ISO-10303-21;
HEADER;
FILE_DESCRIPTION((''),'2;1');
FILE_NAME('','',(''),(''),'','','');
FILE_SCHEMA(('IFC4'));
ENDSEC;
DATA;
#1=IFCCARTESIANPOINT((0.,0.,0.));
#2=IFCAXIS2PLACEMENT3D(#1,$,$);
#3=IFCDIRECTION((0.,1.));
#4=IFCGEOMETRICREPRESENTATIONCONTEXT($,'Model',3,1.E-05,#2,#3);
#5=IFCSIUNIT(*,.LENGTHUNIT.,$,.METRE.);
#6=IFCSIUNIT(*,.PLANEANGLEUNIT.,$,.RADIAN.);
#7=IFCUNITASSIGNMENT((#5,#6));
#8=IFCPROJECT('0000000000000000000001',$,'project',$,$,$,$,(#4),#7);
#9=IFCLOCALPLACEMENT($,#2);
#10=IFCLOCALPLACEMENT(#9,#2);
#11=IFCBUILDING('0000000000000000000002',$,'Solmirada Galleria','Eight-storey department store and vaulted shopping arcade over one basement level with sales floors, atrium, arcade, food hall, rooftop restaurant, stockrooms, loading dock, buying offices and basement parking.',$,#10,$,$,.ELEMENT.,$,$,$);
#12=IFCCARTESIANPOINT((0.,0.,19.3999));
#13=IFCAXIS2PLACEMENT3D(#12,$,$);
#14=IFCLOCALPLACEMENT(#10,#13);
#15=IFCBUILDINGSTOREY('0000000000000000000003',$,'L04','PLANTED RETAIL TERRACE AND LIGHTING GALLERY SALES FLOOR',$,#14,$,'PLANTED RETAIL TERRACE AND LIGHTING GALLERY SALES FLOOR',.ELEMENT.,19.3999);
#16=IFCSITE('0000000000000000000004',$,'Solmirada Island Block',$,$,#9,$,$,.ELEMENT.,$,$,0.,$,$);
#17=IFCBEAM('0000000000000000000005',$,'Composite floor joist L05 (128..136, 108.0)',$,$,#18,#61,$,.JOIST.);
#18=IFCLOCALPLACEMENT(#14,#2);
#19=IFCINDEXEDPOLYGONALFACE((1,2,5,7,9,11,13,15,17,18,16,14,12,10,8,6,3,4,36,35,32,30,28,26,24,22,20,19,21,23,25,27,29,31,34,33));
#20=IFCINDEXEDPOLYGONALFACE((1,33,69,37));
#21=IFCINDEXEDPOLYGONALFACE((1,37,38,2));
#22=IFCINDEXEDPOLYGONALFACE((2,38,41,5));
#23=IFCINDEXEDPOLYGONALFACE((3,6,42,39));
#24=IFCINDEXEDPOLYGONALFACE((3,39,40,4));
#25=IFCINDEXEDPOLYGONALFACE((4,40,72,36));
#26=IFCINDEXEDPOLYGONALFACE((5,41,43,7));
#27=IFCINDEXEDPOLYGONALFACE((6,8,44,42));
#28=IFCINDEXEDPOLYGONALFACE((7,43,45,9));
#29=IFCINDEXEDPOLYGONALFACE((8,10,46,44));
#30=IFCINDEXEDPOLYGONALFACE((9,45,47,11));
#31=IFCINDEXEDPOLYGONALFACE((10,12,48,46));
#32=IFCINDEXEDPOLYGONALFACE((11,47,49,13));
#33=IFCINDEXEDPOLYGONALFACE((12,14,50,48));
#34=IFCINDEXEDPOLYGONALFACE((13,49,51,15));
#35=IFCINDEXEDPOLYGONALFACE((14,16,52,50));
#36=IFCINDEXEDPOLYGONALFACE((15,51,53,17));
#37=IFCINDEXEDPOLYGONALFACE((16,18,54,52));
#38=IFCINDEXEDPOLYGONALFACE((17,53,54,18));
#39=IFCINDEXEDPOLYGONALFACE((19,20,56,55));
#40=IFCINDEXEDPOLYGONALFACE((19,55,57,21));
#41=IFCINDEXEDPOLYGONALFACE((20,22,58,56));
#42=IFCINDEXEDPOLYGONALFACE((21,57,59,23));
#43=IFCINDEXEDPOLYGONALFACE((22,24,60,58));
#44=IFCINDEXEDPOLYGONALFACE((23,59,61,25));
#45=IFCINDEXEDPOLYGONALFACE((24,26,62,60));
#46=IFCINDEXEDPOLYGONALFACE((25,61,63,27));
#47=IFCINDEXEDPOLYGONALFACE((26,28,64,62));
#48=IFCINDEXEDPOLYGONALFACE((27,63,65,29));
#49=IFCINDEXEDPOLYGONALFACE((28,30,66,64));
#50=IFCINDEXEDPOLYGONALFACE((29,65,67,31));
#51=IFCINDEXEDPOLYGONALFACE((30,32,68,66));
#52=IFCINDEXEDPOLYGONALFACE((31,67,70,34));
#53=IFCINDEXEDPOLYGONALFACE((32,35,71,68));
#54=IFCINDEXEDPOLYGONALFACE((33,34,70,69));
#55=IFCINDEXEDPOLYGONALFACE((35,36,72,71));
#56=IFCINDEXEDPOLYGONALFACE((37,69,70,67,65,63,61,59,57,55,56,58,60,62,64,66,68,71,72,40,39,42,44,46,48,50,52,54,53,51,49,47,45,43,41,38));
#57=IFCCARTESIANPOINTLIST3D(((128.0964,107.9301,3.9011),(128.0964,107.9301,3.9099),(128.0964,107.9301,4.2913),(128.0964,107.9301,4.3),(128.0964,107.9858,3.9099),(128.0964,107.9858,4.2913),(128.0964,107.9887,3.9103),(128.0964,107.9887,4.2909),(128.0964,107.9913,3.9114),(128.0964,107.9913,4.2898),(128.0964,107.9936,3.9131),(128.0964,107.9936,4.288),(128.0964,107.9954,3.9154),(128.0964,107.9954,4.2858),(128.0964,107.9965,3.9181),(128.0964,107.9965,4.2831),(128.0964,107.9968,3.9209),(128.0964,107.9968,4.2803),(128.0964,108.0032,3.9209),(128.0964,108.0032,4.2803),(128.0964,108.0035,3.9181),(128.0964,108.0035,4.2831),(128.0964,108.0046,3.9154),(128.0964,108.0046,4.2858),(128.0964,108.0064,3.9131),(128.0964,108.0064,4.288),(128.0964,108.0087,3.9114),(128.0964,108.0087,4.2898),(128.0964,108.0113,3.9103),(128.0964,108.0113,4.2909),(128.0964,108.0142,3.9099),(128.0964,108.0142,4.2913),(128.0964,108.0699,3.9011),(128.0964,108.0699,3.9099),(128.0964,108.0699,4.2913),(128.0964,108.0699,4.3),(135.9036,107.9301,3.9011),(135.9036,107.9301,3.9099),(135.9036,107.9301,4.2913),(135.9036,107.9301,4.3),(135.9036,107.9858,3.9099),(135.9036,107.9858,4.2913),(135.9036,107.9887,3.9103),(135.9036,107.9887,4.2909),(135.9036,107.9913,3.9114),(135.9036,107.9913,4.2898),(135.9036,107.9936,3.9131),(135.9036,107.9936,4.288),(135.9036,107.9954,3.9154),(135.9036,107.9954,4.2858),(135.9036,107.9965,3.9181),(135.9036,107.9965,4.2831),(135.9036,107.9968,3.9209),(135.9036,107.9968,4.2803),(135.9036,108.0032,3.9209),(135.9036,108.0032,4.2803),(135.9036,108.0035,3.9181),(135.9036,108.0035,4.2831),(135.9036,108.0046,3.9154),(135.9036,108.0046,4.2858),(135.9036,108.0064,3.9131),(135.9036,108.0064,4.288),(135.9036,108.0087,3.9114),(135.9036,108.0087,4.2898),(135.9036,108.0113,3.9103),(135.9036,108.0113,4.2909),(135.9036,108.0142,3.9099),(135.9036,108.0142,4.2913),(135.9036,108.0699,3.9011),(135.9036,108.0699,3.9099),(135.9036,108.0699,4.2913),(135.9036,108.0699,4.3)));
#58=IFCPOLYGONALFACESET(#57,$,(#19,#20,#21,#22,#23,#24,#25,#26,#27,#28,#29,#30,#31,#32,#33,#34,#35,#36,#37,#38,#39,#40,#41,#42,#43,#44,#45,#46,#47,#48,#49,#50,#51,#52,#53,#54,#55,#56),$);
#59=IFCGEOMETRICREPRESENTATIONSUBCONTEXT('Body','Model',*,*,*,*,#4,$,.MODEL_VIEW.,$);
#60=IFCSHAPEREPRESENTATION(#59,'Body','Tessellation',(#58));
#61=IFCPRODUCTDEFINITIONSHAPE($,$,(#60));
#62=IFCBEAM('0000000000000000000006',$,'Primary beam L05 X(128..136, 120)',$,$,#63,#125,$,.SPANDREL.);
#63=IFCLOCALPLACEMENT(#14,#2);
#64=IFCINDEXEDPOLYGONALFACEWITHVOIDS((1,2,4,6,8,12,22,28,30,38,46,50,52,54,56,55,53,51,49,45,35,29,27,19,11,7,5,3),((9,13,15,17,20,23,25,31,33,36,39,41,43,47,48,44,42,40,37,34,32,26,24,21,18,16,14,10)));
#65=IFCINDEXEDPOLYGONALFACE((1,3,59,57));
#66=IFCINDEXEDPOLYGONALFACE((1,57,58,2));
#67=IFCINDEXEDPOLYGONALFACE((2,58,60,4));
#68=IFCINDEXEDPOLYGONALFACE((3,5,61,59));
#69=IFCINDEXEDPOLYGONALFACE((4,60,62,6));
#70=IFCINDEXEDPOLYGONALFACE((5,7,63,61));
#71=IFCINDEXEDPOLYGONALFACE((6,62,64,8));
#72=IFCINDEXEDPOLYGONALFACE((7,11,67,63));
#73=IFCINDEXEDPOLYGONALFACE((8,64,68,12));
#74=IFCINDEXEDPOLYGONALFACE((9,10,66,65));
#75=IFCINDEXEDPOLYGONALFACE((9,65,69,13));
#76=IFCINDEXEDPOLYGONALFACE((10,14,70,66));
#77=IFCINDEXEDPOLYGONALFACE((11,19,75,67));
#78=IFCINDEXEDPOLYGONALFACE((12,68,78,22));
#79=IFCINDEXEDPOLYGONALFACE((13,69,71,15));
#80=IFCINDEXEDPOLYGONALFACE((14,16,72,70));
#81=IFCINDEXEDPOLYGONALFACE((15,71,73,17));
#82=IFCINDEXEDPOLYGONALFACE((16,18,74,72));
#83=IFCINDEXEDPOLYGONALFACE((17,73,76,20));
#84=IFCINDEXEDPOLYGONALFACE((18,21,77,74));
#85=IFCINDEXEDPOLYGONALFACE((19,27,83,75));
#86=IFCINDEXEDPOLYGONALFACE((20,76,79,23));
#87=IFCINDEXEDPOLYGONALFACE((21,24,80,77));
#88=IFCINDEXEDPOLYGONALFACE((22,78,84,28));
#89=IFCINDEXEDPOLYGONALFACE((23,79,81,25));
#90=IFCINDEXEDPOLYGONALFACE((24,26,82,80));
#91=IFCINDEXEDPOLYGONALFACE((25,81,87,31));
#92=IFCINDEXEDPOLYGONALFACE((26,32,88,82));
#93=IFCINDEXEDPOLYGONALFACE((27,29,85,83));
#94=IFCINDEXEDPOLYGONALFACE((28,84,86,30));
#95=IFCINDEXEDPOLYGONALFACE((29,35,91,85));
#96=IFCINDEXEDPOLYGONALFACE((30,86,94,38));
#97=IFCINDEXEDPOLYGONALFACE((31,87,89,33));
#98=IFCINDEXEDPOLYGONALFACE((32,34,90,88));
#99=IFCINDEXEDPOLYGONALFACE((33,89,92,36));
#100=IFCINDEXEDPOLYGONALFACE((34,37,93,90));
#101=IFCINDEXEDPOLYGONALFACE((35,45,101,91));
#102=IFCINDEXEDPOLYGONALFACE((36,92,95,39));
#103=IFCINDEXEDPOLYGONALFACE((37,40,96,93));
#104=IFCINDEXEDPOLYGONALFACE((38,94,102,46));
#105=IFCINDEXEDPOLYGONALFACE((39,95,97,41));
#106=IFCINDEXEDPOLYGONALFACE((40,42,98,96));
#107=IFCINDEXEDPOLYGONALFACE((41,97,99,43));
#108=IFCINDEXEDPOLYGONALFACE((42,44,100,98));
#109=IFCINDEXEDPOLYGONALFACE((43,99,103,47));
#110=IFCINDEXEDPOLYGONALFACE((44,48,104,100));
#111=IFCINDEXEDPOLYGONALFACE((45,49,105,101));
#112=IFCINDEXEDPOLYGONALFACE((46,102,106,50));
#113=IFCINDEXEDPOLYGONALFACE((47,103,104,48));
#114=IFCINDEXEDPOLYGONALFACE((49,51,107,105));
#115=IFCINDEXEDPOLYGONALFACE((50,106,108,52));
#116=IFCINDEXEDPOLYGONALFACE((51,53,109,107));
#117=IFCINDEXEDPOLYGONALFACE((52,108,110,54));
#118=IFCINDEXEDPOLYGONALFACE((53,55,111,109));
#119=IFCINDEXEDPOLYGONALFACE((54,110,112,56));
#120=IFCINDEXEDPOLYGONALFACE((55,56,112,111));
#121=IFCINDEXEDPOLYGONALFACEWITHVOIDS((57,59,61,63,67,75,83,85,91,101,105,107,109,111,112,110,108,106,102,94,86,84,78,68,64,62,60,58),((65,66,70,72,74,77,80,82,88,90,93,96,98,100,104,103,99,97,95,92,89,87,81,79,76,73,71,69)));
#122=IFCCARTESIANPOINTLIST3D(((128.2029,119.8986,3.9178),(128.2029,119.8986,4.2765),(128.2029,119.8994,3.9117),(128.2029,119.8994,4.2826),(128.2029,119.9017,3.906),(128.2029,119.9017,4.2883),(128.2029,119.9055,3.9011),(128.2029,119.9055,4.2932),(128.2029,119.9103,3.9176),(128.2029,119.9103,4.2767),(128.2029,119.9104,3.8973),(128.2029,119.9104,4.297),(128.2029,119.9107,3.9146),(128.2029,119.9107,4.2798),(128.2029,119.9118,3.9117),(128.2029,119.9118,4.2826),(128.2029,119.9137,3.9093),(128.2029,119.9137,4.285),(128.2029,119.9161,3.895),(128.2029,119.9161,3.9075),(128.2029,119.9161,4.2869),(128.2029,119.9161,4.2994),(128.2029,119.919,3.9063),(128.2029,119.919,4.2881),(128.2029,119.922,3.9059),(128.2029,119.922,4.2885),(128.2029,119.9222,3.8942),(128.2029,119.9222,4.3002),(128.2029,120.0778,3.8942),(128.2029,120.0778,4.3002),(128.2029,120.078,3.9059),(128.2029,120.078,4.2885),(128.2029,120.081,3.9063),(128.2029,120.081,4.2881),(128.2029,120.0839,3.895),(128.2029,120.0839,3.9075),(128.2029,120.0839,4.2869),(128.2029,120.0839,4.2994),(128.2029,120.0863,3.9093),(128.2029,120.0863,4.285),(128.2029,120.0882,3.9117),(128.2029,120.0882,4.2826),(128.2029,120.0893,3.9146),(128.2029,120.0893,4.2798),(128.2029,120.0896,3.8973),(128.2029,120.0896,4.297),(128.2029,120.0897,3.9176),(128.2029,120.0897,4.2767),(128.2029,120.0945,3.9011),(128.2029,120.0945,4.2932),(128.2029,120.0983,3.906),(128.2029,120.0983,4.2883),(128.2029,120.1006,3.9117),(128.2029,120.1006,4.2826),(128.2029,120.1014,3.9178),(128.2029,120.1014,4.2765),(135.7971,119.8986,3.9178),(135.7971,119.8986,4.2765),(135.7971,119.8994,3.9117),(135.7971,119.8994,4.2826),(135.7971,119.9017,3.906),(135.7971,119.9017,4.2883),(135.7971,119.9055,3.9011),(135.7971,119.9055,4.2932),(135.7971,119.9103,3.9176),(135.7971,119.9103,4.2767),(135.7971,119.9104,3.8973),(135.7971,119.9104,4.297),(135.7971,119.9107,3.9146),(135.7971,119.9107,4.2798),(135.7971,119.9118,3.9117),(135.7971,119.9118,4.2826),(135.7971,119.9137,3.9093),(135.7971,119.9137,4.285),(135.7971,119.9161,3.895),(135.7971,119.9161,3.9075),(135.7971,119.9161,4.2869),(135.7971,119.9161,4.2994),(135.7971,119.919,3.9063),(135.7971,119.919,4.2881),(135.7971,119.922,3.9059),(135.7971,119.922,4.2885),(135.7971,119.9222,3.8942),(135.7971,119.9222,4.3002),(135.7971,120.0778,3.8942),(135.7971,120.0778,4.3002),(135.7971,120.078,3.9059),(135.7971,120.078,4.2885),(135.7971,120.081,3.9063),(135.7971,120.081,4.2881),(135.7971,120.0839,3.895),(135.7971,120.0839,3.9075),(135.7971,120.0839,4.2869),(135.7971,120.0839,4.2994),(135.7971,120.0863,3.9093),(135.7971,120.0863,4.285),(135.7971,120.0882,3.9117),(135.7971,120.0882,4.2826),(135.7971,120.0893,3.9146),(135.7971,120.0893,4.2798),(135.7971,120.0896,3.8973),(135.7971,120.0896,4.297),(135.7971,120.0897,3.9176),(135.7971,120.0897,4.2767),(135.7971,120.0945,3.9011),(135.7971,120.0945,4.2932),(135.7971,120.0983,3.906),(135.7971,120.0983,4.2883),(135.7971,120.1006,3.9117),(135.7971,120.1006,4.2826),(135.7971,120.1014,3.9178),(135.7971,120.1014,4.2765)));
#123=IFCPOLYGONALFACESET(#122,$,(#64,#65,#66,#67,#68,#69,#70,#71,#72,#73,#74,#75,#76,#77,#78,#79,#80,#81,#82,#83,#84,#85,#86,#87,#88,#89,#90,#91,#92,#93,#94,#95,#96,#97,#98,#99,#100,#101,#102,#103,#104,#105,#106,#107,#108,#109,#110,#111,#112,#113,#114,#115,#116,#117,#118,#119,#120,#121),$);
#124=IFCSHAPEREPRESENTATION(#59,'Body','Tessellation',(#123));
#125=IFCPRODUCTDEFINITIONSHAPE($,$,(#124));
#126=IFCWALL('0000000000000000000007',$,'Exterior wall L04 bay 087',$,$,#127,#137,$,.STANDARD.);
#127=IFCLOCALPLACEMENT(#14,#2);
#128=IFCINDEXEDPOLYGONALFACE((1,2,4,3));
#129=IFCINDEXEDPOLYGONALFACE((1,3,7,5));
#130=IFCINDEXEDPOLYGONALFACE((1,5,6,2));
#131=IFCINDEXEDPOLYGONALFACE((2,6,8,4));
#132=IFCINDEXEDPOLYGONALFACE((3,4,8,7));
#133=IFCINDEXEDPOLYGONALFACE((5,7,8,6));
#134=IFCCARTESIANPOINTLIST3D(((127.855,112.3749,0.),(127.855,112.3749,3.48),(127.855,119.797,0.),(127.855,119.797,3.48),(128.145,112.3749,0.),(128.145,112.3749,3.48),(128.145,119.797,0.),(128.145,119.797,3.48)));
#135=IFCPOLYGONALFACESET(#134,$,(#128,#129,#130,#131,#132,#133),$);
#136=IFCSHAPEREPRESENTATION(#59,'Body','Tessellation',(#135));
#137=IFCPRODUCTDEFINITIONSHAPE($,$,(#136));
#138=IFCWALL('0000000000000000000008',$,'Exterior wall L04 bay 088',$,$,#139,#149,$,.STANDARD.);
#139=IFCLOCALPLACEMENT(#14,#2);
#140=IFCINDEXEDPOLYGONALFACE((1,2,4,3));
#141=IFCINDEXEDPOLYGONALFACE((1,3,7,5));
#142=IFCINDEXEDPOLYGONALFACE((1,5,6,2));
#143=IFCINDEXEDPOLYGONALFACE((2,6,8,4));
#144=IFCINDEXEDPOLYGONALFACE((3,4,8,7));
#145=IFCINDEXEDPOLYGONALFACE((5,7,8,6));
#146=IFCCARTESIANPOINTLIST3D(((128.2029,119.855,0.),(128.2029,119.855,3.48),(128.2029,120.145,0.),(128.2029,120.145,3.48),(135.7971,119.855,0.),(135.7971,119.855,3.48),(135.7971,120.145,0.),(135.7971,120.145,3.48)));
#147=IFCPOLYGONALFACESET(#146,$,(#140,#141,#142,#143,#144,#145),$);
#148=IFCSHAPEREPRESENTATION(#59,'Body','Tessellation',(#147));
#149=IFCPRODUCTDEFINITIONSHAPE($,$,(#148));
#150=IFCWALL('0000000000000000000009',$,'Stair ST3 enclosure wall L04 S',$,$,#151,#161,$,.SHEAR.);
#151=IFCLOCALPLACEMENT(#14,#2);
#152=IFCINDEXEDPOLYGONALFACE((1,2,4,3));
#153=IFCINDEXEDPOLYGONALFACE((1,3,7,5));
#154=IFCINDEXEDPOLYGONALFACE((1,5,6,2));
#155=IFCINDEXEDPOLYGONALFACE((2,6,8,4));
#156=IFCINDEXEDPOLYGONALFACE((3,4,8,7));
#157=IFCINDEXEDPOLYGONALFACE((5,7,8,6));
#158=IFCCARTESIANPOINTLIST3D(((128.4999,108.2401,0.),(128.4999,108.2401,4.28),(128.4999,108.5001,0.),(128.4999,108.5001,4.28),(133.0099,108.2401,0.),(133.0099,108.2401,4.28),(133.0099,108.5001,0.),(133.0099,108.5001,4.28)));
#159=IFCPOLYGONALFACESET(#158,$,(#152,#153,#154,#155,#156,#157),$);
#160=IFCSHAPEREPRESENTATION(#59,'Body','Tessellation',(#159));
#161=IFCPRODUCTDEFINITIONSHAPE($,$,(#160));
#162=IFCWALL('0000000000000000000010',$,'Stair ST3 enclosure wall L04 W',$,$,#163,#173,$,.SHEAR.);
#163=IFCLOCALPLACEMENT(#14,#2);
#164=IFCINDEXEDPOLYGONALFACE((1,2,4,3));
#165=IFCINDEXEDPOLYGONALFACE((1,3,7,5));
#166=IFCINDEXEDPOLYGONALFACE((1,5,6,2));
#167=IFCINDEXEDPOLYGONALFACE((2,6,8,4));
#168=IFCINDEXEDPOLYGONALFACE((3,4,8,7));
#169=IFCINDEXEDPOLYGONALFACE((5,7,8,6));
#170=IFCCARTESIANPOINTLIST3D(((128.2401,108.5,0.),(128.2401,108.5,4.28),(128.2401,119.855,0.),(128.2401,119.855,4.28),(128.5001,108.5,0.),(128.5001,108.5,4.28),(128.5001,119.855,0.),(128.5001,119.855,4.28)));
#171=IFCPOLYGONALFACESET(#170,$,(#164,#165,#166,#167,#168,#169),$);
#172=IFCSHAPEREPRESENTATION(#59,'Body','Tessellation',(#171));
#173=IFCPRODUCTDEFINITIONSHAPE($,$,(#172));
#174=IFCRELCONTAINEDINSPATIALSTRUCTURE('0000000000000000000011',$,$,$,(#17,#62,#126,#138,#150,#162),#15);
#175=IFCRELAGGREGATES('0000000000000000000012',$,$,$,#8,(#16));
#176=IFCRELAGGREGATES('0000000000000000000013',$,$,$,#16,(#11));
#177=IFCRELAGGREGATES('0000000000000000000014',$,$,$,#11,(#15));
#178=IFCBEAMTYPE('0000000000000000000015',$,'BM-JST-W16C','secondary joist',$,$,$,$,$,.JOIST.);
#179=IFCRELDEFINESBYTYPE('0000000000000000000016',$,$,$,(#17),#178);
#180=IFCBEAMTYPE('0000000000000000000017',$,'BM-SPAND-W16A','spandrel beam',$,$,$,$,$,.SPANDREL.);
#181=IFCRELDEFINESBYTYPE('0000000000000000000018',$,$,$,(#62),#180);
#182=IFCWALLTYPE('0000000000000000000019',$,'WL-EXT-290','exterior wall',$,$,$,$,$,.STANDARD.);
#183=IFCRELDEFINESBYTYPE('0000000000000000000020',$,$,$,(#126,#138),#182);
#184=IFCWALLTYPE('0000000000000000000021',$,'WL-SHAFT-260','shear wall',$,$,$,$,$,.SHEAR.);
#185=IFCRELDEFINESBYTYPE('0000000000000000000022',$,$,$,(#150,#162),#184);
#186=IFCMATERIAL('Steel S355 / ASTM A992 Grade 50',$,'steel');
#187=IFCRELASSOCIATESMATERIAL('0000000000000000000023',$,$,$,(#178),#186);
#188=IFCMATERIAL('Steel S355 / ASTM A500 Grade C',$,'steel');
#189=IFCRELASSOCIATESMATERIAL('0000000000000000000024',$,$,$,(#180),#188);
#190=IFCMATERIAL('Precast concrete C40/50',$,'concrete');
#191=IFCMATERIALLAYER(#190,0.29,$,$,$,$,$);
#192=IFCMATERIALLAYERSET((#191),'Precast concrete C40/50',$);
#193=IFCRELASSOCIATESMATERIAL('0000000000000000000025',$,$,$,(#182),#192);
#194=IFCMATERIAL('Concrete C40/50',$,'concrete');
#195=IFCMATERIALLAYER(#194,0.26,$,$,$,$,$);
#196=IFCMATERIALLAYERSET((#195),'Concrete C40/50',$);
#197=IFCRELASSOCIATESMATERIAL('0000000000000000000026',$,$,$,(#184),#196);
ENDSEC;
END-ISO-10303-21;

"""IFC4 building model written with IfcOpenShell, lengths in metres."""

from ifc_helpers import new_model, si_unit, direction, frame, frame_2d, origin, origin_2d, place, context, subcontext, project, spatial, rectangle, hollow_rectangle, i_section, extrude, material, layer, layer_set, material_profile, profile_set, type_object, element, save


model = new_model("IFC4")

# Units and contexts
model_context = context("Model", 3, precision=1e-05, world=origin(), true_north=direction((0.0, 1.0)))
body_context = subcontext(model_context, "Body", "Model", "MODEL_VIEW")
ifc_project = project(units=[si_unit("LENGTHUNIT", "METRE"), si_unit("PLANEANGLEUNIT", "RADIAN")], contexts=[model_context])

# Site, building, storey
site_placement = place(None, origin())
site = spatial("IfcSite", under=ifc_project, at=site_placement, Name="Solmirada Island Block", CompositionType="ELEMENT", RefElevation=0.0)
building_placement = place(site_placement, origin())
building = spatial("IfcBuilding", under=site, at=building_placement, Name="Solmirada Galleria", Description="Eight-storey department store and vaulted shopping arcade over one basement level with sales floors, atrium, arcade, food hall, rooftop restaurant, stockrooms, loading dock, buying offices and basement parking.", CompositionType="ELEMENT")
storey_placement = place(building_placement, frame((0.0, 0.0, 19.3999)))
storey = spatial("IfcBuildingStorey", under=building, at=storey_placement, Name="L04", Description="PLANTED RETAIL TERRACE AND LIGHTING GALLERY SALES FLOOR", LongName="PLANTED RETAIL TERRACE AND LIGHTING GALLERY SALES FLOOR", CompositionType="ELEMENT", Elevation=19.3999)

# Shared definitions
ifc_material_1 = material(Name="Steel S355 / ASTM A500 Grade C", Category="steel")
ifc_material_2 = material(Name="Concrete C40/50", Category="concrete")

# Beams
ifc_material_3 = material(Name="Steel S355 / ASTM A992 Grade 50", Category="steel")
ifc_material_profile_1 = material_profile(ifc_material_3, i_section(OverallWidth=0.1399, OverallDepth=0.3989, WebThickness=0.0063, FlangeThickness=0.0088, FilletRadius=0.011, at=origin_2d()), Name="W16X26")
ifc_profile_set_1 = profile_set([ifc_material_profile_1], Name="Steel S355 / ASTM A992 Grade 50")
beam_type_1 = type_object("IfcBeamType", Name="BM-JST-W16C", Description="secondary joist", PredefinedType="JOIST", material=ifc_profile_set_1)
beam_1_placement = place(storey_placement, frame((128.0964, 108.0, 4.1006), z_axis=(1.0, 0.0, 0.0), x_axis=(0.0, 1.0, 0.0)))
element("IfcBeam", 1, at=beam_1_placement, inside=storey, type_object=beam_type_1, Name="Composite floor joist L05 (128..136, 108.0)", PredefinedType="JOIST", context=body_context, shape_type="SweptSolid", body=[
    extrude(i_section(OverallWidth=0.1399, OverallDepth=0.3989, WebThickness=0.0063, FlangeThickness=0.0088, FilletRadius=0.011, at=origin_2d()), origin(), (0.0, 0.0, 1.0), 7.8071),
])
ifc_material_profile_2 = material_profile(ifc_material_1, hollow_rectangle(XDim=0.2029, YDim=0.406, WallThickness=0.0117, InnerFilletRadius=0.0117, OuterFilletRadius=0.0237, at=origin_2d()), Name="HSS16X8X1/2")
ifc_profile_set_2 = profile_set([ifc_material_profile_2], Name="Steel S355 / ASTM A500 Grade C")
beam_type_2 = type_object("IfcBeamType", Name="BM-SPAND-W16A", Description="spandrel beam", PredefinedType="SPANDREL", material=ifc_profile_set_2)
beam_2_placement = place(storey_placement, frame((128.2029, 120.0, 4.0972), z_axis=(1.0, 0.0, 0.0), x_axis=(0.0, 1.0, 0.0)))
element("IfcBeam", 2, at=beam_2_placement, inside=storey, type_object=beam_type_2, Name="Primary beam L05 X(128..136, 120)", PredefinedType="SPANDREL", context=body_context, shape_type="SweptSolid", body=[
    extrude(hollow_rectangle(XDim=0.2029, YDim=0.406, WallThickness=0.0117, InnerFilletRadius=0.0117, OuterFilletRadius=0.0237, at=origin_2d()), origin(), (0.0, 0.0, 1.0), 7.5942),
])

# Walls
ifc_material_4 = material(Name="Precast concrete C40/50", Category="concrete")
ifc_layer_1 = layer(ifc_material_4, 0.29)
ifc_layer_set_1 = layer_set([ifc_layer_1], Name="Precast concrete C40/50")
wall_type_1 = type_object("IfcWallType", Name="WL-EXT-290", Description="exterior wall", PredefinedType="STANDARD", material=ifc_layer_set_1)
wall_1_placement = place(storey_placement, frame((128.0, 112.375, 0.0), z_axis=(0.0, 0.0, 1.0), x_axis=(0.0, 1.0, 0.0)))
element("IfcWall", 3, at=wall_1_placement, inside=storey, type_object=wall_type_1, Name="Exterior wall L04 bay 087", PredefinedType="STANDARD", context=body_context, shape_type="SweptSolid", body=[
    extrude(rectangle(XDim=7.4221, YDim=0.29, at=frame_2d((3.7109, 0.0))), origin(), (0.0, 0.0, 1.0), 3.48),
])
wall_2_placement = place(storey_placement, frame((128.2029, 120.0, 0.0), z_axis=(0.0, 0.0, 1.0), x_axis=(1.0, 0.0, 0.0)))
element("IfcWall", 4, at=wall_2_placement, inside=storey, type_object=wall_type_1, Name="Exterior wall L04 bay 088", PredefinedType="STANDARD", context=body_context, shape_type="SweptSolid", body=[
    extrude(rectangle(XDim=7.5942, YDim=0.29, at=frame_2d((3.7971, 0.0))), origin(), (0.0, 0.0, 1.0), 3.48),
])
ifc_layer_2 = layer(ifc_material_2, 0.26)
ifc_layer_set_2 = layer_set([ifc_layer_2], Name="Concrete C40/50")
wall_type_2 = type_object("IfcWallType", Name="WL-SHAFT-260", Description="shear wall", PredefinedType="SHEAR", material=ifc_layer_set_2)
wall_3_placement = place(storey_placement, frame((128.5, 108.3701, 0.0), z_axis=(0.0, 0.0, 1.0), x_axis=(1.0, 0.0, 0.0)))
element("IfcWall", 5, at=wall_3_placement, inside=storey, type_object=wall_type_2, Name="Stair ST3 enclosure wall L04 S", PredefinedType="SHEAR", context=body_context, shape_type="SweptSolid", body=[
    extrude(rectangle(XDim=4.51, YDim=0.26, at=frame_2d((2.2549, 0.0))), origin(), (0.0, 0.0, 1.0), 4.28),
])
wall_4_placement = place(storey_placement, frame((128.3701, 108.5, 0.0), z_axis=(0.0, 0.0, 1.0), x_axis=(0.0, 1.0, 0.0)))
element("IfcWall", 6, at=wall_4_placement, inside=storey, type_object=wall_type_2, Name="Stair ST3 enclosure wall L04 W", PredefinedType="SHEAR", context=body_context, shape_type="SweptSolid", body=[
    extrude(rectangle(XDim=11.355, YDim=0.26, at=frame_2d((5.6775, 0.0))), origin(), (0.0, 0.0, 1.0), 4.28),
])

save(model, "model.ifc")
